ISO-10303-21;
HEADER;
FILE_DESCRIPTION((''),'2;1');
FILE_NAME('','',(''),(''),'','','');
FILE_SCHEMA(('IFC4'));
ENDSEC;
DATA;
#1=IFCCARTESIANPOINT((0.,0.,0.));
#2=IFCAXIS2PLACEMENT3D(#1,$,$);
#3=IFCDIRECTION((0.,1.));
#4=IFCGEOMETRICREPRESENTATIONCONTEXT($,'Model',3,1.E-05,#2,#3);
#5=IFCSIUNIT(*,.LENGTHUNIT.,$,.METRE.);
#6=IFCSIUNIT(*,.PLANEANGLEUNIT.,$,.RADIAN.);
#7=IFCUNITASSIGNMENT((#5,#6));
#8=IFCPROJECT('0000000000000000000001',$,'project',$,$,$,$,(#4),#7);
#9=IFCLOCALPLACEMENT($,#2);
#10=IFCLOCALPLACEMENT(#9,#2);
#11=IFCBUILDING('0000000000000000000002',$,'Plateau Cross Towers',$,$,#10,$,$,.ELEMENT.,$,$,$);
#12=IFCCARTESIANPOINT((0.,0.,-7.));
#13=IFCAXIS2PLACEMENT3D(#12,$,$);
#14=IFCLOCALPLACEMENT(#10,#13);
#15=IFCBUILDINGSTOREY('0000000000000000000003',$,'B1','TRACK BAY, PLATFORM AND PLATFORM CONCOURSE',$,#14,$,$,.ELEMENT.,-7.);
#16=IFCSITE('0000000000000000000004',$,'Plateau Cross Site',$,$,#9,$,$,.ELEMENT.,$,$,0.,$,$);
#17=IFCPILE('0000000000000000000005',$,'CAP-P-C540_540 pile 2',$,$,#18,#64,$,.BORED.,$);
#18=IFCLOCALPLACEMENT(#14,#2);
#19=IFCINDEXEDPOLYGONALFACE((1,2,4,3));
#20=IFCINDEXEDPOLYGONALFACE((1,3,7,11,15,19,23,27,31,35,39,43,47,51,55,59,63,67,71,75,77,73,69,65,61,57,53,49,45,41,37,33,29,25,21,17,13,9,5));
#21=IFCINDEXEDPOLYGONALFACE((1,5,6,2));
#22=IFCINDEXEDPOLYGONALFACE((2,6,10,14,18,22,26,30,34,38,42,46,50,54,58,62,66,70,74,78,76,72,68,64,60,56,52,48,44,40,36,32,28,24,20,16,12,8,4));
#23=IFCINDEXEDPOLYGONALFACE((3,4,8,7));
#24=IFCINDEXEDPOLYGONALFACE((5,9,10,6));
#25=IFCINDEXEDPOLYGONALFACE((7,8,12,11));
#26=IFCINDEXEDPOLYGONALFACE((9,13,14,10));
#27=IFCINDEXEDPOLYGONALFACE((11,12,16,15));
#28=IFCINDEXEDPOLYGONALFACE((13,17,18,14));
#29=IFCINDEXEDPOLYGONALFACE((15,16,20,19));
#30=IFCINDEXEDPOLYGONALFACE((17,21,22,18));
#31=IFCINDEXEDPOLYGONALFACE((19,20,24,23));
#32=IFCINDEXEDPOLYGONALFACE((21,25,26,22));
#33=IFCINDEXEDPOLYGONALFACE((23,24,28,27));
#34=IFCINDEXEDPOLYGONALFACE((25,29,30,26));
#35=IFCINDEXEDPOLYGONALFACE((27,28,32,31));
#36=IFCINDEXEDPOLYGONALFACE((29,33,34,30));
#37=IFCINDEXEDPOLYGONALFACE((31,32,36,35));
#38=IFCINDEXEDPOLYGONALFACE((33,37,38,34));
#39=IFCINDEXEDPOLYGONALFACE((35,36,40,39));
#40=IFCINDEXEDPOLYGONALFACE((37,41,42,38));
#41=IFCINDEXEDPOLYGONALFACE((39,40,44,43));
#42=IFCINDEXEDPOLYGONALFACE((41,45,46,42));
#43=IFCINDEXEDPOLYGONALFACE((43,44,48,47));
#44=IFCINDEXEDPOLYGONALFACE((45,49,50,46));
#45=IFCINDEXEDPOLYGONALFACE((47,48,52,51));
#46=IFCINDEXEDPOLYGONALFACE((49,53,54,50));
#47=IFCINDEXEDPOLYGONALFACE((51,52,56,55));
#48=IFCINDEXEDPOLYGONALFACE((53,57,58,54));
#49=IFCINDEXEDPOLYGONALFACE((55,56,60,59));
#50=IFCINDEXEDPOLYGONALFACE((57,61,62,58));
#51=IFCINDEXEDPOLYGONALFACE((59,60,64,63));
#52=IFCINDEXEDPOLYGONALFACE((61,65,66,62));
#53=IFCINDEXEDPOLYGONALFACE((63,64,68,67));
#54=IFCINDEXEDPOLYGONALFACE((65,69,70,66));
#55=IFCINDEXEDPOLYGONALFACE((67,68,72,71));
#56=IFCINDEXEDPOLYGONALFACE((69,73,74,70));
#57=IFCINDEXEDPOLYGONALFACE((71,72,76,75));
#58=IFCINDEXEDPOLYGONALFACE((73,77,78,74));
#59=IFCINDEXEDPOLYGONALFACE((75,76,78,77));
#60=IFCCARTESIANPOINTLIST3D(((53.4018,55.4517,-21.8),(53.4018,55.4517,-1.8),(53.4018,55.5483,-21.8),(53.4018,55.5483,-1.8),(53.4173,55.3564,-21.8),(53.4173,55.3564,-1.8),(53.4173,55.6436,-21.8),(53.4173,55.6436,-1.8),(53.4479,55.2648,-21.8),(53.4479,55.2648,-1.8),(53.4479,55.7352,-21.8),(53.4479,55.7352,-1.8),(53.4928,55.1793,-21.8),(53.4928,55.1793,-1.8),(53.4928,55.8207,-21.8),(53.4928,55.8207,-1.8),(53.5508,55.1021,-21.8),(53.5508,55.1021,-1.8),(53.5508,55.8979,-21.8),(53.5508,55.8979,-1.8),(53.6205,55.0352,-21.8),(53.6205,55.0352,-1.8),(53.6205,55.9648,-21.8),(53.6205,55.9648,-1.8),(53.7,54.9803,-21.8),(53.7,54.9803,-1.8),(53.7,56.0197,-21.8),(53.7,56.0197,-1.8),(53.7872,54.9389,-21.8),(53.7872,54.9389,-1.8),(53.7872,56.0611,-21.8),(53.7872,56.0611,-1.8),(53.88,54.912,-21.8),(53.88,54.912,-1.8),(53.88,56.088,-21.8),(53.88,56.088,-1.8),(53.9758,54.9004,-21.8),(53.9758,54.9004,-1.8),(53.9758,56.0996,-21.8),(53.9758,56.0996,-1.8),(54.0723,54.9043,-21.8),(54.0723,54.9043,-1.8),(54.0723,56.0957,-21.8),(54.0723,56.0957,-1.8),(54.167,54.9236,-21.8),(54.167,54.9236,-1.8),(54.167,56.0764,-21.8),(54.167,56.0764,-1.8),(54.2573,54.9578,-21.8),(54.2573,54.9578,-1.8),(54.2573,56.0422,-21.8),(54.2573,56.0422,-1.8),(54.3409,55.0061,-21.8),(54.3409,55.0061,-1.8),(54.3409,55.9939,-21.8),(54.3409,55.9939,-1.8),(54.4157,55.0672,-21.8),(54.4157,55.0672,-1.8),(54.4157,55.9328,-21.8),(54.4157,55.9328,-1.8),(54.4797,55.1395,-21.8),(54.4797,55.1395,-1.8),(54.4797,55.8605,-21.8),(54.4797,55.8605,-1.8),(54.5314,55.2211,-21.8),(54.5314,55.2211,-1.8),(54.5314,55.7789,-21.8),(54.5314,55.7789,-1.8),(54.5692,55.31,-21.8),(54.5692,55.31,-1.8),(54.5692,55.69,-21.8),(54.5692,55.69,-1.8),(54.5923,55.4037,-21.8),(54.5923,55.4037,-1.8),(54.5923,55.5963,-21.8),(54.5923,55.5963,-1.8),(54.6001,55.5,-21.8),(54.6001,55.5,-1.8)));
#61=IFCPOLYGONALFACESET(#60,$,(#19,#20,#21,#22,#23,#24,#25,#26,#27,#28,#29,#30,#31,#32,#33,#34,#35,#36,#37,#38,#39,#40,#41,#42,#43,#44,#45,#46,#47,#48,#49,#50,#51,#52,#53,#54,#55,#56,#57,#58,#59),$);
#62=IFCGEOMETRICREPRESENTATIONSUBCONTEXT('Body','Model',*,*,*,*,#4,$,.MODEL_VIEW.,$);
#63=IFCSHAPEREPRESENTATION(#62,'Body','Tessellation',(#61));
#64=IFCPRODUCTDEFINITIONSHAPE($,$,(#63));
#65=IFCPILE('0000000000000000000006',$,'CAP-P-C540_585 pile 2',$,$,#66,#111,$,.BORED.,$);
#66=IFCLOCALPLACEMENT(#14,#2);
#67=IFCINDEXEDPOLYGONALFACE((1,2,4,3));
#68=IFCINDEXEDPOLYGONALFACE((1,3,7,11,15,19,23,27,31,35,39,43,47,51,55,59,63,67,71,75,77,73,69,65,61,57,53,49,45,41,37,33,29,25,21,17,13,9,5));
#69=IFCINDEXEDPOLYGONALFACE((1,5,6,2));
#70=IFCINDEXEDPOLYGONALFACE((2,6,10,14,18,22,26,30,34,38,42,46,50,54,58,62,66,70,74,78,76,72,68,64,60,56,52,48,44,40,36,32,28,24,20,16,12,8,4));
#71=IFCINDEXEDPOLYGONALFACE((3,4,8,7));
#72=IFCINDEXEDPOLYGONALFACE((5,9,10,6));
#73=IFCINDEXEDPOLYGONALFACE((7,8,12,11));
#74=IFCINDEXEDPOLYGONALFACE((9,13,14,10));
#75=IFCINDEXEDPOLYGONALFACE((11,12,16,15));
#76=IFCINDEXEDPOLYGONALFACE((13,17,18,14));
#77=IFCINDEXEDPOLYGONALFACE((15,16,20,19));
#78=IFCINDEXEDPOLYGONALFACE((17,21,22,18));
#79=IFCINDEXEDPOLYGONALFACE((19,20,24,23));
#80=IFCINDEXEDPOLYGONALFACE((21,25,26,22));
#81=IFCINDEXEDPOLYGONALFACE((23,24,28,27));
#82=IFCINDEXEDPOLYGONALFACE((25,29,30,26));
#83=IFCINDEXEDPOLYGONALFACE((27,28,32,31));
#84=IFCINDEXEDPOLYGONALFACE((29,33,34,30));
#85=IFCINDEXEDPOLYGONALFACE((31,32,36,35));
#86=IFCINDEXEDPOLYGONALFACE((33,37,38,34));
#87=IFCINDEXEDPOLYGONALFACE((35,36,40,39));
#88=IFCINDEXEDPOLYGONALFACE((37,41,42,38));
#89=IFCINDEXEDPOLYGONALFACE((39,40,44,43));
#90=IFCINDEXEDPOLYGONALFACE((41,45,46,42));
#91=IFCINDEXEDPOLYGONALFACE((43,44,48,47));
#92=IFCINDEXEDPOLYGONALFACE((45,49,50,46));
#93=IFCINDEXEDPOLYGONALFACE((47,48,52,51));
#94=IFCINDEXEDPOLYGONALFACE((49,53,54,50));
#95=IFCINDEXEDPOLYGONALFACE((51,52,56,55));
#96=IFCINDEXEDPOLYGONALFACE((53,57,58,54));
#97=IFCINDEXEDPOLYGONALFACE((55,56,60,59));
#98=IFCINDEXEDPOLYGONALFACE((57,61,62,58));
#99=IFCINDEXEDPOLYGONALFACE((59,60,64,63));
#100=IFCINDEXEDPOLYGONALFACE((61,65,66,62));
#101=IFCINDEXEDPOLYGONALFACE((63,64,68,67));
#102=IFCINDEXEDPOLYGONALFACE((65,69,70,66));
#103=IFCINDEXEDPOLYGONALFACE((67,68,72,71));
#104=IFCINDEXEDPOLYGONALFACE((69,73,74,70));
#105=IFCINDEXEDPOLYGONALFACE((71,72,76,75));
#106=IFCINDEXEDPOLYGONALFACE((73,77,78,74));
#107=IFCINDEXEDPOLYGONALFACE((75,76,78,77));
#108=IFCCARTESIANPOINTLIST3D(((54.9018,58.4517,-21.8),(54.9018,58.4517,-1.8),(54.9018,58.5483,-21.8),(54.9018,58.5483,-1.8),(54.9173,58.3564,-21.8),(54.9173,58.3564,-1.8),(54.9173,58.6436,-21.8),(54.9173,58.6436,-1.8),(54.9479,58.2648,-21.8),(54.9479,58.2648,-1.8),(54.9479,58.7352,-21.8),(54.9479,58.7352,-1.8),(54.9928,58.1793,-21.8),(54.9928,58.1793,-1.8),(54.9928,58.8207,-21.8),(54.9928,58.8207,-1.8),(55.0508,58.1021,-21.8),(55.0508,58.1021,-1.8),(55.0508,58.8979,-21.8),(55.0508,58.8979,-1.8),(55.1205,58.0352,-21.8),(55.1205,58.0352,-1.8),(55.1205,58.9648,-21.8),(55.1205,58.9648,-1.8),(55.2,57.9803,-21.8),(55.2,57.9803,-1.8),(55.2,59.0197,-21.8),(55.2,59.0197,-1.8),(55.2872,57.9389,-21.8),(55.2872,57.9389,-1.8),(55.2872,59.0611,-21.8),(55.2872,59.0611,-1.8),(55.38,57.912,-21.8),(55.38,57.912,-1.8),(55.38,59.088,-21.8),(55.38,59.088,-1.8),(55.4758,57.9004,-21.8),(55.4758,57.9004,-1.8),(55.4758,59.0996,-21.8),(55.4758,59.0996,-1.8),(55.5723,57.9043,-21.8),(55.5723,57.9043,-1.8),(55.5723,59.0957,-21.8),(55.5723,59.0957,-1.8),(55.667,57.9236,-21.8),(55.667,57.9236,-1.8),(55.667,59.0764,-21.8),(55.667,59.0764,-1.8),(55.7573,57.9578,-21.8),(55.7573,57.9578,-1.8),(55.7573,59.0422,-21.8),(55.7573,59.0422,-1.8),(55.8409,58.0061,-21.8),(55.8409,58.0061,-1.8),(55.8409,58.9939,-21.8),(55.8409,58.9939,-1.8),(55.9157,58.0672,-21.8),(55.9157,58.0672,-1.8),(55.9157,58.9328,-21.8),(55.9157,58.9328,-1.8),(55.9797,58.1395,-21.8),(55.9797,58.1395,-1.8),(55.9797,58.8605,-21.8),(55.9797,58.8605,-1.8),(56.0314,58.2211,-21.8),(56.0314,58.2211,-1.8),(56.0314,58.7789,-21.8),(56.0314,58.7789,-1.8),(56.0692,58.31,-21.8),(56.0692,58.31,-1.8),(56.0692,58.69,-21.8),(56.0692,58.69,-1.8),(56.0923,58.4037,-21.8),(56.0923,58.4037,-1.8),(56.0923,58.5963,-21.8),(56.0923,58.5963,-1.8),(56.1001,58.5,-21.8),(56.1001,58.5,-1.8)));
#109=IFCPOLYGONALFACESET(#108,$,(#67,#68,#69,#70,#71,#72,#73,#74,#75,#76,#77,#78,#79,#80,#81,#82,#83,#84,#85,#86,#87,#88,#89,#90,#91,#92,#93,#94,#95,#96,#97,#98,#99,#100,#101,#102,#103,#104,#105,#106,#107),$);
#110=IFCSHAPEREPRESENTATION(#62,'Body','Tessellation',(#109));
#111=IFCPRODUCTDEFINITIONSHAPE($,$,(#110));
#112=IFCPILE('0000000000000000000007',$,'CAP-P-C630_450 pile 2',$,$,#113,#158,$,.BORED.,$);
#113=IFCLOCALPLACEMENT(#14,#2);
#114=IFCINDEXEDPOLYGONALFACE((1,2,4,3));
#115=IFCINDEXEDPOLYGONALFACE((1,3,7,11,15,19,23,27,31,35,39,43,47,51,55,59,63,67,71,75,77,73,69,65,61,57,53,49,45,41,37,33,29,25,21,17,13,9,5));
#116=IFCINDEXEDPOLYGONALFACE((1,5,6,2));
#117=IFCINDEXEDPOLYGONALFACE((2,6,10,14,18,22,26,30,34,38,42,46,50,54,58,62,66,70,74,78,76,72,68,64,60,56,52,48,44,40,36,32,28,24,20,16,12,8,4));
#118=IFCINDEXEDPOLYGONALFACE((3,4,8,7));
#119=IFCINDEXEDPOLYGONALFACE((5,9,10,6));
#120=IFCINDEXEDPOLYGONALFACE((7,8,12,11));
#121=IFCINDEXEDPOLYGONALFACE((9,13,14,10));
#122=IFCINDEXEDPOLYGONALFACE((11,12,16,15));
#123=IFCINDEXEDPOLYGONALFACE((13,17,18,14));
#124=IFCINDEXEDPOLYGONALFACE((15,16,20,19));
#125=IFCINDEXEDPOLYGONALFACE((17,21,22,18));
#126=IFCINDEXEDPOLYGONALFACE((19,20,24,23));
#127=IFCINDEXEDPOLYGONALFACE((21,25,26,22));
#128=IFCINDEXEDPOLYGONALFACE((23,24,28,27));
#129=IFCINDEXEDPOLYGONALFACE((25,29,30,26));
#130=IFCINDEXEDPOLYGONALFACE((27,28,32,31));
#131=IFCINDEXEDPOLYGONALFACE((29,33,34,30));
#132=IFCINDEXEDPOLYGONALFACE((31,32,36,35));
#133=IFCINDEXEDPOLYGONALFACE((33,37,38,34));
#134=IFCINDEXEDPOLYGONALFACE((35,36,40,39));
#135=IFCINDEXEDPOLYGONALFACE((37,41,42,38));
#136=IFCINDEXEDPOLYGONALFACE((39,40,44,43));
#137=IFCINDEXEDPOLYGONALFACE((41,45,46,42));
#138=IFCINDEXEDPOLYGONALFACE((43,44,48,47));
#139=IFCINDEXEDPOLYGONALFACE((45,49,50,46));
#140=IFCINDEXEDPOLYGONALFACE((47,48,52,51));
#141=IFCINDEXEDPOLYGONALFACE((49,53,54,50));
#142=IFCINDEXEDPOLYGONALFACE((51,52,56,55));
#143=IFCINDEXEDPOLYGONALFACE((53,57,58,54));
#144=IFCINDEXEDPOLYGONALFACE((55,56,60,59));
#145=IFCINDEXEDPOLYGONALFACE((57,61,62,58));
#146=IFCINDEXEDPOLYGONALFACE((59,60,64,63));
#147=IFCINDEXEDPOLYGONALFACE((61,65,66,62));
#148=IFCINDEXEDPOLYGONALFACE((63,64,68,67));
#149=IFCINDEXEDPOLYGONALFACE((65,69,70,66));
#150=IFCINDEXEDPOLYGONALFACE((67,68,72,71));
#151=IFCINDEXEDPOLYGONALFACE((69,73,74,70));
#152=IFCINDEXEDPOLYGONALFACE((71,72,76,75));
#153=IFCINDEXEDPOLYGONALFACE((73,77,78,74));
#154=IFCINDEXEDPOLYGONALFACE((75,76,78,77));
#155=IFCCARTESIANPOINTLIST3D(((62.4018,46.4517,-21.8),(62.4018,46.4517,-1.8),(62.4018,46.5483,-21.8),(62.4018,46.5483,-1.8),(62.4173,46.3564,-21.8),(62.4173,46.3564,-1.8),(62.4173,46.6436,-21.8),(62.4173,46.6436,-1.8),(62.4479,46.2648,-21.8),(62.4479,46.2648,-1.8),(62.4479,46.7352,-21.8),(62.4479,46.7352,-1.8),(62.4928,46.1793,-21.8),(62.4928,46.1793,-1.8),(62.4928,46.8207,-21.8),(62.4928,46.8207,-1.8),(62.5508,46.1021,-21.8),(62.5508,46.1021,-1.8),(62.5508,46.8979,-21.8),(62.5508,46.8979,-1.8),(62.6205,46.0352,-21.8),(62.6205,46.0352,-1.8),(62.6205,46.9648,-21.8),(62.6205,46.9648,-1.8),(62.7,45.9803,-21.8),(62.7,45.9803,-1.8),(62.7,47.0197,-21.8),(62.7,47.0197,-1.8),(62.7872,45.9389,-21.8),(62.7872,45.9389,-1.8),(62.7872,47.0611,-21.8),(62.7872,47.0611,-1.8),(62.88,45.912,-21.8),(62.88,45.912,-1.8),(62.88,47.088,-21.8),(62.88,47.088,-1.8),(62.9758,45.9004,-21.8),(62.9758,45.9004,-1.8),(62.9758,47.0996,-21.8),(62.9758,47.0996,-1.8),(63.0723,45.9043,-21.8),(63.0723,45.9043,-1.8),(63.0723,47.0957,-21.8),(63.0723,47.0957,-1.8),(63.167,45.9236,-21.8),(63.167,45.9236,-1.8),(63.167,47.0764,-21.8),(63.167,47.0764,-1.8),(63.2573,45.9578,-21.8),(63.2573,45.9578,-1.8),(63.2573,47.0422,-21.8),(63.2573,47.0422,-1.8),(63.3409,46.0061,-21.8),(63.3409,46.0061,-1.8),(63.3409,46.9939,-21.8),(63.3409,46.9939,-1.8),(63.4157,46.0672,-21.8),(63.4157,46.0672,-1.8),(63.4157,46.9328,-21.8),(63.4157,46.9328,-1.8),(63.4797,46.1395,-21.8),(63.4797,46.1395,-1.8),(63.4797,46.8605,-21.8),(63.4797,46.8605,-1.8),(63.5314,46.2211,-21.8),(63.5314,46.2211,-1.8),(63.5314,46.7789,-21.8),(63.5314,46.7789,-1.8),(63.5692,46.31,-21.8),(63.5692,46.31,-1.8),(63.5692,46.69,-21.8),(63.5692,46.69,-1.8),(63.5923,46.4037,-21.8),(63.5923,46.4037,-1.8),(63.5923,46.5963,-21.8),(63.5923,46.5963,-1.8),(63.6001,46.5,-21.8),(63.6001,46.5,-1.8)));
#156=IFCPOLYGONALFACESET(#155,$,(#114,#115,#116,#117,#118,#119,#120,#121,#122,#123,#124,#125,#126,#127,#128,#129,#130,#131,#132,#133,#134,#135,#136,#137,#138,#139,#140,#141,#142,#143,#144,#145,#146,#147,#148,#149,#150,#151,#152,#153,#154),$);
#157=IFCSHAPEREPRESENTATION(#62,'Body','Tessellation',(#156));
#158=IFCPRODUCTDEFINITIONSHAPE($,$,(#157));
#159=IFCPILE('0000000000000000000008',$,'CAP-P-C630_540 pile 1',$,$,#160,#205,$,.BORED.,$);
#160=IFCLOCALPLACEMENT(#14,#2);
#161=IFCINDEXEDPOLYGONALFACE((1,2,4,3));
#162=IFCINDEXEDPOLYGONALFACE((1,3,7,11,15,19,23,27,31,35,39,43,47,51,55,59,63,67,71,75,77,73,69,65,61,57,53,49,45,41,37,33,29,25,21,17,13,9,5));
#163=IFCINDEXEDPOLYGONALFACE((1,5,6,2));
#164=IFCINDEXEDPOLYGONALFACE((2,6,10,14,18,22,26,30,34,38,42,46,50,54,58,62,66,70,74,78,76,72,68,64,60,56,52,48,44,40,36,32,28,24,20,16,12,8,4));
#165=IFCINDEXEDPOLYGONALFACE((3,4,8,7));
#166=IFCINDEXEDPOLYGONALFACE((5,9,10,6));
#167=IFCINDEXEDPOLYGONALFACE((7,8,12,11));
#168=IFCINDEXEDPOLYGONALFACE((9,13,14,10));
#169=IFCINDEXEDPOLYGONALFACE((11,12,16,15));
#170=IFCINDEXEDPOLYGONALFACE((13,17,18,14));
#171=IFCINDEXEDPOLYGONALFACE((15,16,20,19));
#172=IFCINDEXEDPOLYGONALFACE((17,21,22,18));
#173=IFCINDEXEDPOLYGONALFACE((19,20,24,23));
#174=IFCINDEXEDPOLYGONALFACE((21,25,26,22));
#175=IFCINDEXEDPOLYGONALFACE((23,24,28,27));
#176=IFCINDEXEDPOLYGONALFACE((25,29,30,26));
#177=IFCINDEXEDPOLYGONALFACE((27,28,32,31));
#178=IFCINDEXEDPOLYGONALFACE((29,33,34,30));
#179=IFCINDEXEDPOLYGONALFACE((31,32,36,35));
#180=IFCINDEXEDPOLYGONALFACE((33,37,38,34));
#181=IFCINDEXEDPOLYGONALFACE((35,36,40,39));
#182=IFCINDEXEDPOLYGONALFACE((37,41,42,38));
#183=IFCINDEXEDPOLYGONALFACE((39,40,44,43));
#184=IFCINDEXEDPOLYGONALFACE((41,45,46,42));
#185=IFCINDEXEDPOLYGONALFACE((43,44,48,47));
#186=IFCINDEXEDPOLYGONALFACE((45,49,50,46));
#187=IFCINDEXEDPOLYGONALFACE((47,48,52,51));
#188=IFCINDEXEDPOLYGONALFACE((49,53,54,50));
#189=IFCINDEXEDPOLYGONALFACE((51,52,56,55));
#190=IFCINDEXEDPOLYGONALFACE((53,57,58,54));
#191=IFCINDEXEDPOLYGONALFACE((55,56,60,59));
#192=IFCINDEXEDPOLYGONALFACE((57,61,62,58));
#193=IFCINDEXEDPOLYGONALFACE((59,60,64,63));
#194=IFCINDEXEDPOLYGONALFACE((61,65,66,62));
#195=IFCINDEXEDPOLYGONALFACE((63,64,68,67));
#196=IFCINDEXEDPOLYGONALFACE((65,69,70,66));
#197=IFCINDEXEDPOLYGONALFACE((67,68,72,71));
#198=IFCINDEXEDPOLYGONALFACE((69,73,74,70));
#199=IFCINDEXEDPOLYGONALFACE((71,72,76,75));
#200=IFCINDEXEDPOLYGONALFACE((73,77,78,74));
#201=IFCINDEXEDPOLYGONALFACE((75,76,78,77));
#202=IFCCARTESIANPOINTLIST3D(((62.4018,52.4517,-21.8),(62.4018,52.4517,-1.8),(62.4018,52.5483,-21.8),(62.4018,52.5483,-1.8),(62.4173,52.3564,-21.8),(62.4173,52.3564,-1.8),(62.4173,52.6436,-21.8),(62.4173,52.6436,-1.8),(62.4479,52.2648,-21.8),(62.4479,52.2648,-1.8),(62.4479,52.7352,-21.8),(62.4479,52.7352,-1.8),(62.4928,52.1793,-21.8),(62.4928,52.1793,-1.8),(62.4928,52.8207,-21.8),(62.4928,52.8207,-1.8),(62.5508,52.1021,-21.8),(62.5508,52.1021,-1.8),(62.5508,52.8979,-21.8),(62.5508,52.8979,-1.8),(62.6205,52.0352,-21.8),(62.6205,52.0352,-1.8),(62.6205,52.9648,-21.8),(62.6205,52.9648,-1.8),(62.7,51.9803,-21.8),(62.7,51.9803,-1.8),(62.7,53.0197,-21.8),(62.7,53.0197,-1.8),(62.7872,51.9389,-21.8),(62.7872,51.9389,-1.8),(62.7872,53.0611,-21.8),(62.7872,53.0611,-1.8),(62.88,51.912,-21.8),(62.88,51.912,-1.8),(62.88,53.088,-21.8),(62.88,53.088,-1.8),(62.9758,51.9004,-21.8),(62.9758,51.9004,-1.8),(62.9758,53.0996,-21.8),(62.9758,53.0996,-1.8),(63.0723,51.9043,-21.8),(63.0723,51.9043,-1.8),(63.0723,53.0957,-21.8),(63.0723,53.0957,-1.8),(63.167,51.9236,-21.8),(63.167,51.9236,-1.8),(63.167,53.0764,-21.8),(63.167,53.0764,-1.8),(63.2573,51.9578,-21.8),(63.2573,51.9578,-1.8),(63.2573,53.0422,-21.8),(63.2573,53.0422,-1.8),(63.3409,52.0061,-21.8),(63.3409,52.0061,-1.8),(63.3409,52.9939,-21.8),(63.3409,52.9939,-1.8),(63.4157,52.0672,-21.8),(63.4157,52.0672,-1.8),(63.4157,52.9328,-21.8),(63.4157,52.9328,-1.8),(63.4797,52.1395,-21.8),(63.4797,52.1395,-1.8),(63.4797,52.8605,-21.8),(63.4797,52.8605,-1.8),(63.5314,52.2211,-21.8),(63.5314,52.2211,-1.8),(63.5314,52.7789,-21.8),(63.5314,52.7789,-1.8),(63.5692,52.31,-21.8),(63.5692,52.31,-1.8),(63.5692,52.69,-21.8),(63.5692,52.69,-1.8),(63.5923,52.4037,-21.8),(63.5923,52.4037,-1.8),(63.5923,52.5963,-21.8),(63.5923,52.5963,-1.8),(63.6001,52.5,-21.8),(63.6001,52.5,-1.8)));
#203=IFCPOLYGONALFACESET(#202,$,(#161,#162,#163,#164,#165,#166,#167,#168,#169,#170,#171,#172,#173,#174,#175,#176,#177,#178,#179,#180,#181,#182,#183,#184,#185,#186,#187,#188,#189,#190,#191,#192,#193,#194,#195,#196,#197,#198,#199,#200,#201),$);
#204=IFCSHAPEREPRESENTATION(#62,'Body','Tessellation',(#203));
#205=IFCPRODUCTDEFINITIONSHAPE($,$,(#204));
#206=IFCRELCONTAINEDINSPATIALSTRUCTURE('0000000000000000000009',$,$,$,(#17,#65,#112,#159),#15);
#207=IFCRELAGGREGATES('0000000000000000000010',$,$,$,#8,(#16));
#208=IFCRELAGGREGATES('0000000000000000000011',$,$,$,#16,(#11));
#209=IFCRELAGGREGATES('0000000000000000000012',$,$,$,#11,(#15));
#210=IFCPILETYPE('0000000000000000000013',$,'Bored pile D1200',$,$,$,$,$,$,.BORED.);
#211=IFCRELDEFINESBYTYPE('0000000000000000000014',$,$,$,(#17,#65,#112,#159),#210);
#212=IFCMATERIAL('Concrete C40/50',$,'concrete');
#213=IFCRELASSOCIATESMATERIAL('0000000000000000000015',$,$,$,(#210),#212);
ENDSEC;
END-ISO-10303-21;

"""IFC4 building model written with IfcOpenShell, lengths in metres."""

from ifc_helpers import new_model, si_unit, direction, frame, origin, origin_2d, place, context, subcontext, project, spatial, circle, extrude, material, material_profile, profile_set, type_object, element, save


model = new_model("IFC4")

# Units and contexts
model_context = context("Model", 3, precision=1e-05, world=origin(), true_north=direction((0.0, 1.0)))
body_context = subcontext(model_context, "Body", "Model", "MODEL_VIEW")
ifc_project = project(units=[si_unit("LENGTHUNIT", "METRE"), si_unit("PLANEANGLEUNIT", "RADIAN")], contexts=[model_context])

# Site, building, storey
site_placement = place(None, origin())
site = spatial("IfcSite", under=ifc_project, at=site_placement, Name="Plateau Cross Site", CompositionType="ELEMENT", RefElevation=0.0)
building_placement = place(site_placement, origin())
building = spatial("IfcBuilding", under=site, at=building_placement, Name="Plateau Cross Towers", CompositionType="ELEMENT")
storey_placement = place(building_placement, frame((0.0, 0.0, -7.0)))
storey = spatial("IfcBuildingStorey", under=building, at=storey_placement, Name="B1", Description="TRACK BAY, PLATFORM AND PLATFORM CONCOURSE", CompositionType="ELEMENT", Elevation=-7.0)

# Piles
ifc_material_1 = material(Name="Concrete C40/50", Category="concrete")
ifc_material_profile_1 = material_profile(ifc_material_1, circle(Radius=0.6001, at=origin_2d()), Name="Bored pile D1200")
ifc_profile_set_1 = profile_set([ifc_material_profile_1], Name="Concrete C40/50")
pile_type = type_object("IfcPileType", Name="Bored pile D1200", PredefinedType="BORED", material=ifc_profile_set_1)
for number, where, z_axis, x_axis, name in (
    (1, (54.0, 55.5, -1.8), (0.0, 0.0, -1.0), (1.0, 0.0, 0.0), "CAP-P-C540_540 pile 2"),
    (2, (55.5, 58.5, -1.8), (0.0, 0.0, -1.0), (1.0, 0.0, 0.0), "CAP-P-C540_585 pile 2"),
    (3, (63.0, 46.5, -1.8), (0.0, 0.0, -1.0), (1.0, 0.0, 0.0), "CAP-P-C630_450 pile 2"),
    (4, (63.0, 52.5, -1.8), (0.0, 0.0, -1.0), (1.0, 0.0, 0.0), "CAP-P-C630_540 pile 1"),
):
    element("IfcPile", number, at=place(storey_placement, frame(where, z_axis=z_axis, x_axis=x_axis)), inside=storey, type_object=pile_type, Name=name, PredefinedType="BORED", context=body_context, shape_type="SweptSolid", body=[
        extrude(circle(Radius=0.6001, at=origin_2d()), origin(), (0.0, 0.0, 1.0), 20.0),
    ])

save(model, "model.ifc")
